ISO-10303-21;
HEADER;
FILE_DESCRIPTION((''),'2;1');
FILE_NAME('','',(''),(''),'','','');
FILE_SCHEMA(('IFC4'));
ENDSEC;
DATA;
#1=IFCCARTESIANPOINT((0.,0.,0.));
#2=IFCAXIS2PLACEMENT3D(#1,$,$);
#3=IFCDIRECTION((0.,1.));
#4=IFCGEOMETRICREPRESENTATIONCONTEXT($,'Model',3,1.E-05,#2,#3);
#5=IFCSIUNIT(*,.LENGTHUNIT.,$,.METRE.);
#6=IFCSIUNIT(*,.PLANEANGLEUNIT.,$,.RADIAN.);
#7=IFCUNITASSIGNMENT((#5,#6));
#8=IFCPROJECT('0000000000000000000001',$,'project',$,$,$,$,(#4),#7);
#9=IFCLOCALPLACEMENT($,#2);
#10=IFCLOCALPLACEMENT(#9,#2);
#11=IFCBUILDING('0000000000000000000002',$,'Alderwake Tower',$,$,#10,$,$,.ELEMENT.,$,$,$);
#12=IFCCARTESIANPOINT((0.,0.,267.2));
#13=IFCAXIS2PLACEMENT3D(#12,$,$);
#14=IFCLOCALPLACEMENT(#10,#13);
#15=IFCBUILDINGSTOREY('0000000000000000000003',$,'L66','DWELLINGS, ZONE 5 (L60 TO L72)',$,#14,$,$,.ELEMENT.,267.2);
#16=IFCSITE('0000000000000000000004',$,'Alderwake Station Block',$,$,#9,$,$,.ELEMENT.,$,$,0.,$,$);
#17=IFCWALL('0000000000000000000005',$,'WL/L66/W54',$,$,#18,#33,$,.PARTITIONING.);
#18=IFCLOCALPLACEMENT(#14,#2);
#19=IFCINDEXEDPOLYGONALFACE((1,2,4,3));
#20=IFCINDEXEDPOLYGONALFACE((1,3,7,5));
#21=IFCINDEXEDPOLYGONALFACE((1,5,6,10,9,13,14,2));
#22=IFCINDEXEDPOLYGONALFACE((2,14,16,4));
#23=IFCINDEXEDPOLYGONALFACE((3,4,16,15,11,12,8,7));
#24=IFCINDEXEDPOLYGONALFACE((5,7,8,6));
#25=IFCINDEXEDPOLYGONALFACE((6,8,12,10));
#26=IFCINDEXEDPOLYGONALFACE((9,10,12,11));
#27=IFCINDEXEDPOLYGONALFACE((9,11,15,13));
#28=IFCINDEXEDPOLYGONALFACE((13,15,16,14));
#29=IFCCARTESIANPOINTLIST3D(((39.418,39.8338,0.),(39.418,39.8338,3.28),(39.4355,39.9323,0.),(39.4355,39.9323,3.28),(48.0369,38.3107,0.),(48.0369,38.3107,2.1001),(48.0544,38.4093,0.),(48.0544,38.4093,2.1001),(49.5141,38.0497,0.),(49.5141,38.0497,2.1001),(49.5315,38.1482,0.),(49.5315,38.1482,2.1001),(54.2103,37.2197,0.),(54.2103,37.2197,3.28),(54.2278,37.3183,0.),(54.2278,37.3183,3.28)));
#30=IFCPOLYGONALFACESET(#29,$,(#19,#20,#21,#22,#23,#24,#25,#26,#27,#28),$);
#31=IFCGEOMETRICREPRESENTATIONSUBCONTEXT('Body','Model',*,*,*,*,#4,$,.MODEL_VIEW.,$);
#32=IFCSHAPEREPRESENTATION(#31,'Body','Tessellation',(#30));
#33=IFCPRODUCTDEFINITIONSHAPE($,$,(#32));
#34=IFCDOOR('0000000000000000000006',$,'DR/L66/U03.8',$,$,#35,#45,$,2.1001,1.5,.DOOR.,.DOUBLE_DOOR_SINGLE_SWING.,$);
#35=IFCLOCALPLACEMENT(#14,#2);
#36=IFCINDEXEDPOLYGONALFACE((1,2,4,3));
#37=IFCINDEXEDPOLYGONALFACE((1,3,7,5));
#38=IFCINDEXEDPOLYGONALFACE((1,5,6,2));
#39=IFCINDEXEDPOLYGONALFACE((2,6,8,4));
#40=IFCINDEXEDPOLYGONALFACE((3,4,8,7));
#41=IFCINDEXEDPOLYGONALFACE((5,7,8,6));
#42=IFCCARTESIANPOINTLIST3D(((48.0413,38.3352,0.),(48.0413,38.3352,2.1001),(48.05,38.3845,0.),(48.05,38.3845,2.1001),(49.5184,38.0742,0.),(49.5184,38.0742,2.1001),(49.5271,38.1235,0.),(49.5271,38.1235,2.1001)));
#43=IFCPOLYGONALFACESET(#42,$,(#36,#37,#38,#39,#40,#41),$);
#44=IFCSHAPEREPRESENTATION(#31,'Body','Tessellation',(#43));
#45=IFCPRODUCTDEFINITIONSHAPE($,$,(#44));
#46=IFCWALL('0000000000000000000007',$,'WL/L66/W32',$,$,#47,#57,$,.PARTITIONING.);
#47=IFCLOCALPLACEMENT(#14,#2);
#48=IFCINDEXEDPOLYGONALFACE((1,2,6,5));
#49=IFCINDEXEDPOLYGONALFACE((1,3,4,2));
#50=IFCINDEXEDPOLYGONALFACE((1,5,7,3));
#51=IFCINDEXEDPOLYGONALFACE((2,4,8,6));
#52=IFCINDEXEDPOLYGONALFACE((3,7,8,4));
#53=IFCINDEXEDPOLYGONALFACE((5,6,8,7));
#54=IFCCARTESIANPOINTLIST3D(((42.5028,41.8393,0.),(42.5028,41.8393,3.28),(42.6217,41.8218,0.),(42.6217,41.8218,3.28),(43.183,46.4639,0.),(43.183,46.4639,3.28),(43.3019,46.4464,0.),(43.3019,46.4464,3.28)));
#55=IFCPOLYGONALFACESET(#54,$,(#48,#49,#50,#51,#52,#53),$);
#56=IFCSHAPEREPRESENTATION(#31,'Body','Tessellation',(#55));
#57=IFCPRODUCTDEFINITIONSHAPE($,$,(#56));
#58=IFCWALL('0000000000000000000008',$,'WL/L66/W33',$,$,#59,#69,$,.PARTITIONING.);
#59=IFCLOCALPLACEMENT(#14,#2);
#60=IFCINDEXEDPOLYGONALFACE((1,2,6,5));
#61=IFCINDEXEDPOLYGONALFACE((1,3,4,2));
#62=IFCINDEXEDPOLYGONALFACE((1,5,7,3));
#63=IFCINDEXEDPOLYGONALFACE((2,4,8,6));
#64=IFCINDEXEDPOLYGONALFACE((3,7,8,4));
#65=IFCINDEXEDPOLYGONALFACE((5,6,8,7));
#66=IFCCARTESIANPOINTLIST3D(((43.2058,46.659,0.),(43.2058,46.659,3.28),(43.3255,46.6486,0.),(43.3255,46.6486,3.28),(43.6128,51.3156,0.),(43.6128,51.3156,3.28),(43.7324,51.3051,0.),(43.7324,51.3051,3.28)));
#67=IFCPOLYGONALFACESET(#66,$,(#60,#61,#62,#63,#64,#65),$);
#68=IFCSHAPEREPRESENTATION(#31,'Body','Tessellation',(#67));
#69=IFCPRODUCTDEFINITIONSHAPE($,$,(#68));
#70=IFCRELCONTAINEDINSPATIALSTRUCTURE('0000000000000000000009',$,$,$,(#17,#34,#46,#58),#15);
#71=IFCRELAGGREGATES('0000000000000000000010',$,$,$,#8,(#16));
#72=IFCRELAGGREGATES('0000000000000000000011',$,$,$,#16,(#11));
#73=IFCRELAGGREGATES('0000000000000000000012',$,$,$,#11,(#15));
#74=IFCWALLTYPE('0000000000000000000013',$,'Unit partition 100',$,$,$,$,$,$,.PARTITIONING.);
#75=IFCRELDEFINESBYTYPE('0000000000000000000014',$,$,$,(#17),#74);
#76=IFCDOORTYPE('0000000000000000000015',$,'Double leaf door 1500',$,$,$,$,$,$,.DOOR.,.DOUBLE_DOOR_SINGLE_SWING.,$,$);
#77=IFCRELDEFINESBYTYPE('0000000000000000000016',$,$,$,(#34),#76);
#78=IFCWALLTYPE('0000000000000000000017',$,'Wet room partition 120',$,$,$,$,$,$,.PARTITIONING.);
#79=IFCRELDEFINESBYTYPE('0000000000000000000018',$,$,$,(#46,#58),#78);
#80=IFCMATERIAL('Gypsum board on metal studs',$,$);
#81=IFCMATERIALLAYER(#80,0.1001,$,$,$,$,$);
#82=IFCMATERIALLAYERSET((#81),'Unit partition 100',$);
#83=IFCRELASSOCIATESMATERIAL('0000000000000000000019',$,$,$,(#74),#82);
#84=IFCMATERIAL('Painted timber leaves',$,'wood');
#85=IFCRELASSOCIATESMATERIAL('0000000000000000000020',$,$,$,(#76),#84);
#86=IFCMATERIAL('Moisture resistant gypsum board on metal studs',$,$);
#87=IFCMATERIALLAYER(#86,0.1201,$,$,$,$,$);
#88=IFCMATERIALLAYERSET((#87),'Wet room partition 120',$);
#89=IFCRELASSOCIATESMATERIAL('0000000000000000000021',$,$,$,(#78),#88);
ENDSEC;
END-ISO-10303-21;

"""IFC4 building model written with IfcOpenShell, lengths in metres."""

from ifc_helpers import new_model, si_unit, direction, frame, frame_2d, origin, place, context, subcontext, project, spatial, rectangle, extrude, material, layer, layer_set, type_object, element, fill, save


model = new_model("IFC4")

# Units and contexts
model_context = context("Model", 3, precision=1e-05, world=origin(), true_north=direction((0.0, 1.0)))
body_context = subcontext(model_context, "Body", "Model", "MODEL_VIEW")
ifc_project = project(units=[si_unit("LENGTHUNIT", "METRE"), si_unit("PLANEANGLEUNIT", "RADIAN")], contexts=[model_context])

# Site, building, storey
site_placement = place(None, origin())
site = spatial("IfcSite", under=ifc_project, at=site_placement, Name="Alderwake Station Block", CompositionType="ELEMENT", RefElevation=0.0)
building_placement = place(site_placement, origin())
building = spatial("IfcBuilding", under=site, at=building_placement, Name="Alderwake Tower", CompositionType="ELEMENT")
storey_placement = place(building_placement, frame((0.0, 0.0, 267.2)))
storey = spatial("IfcBuildingStorey", under=building, at=storey_placement, Name="L66", Description="DWELLINGS, ZONE 5 (L60 TO L72)", CompositionType="ELEMENT", Elevation=267.2)

# Shared definitions
ifc_material_1 = material(Name="Gypsum board on metal studs")
ifc_layer_1 = layer(ifc_material_1, 0.1001)
ifc_layer_set_1 = layer_set([ifc_layer_1], Name="Unit partition 100")
wall_type_1 = type_object("IfcWallType", Name="Unit partition 100", PredefinedType="PARTITIONING", material=ifc_layer_set_1)

# Wall, opening, door
wall_1_placement = place(storey_placement, frame((39.4268, 39.8831, 0.0), z_axis=(0.0, 0.0, 1.0), x_axis=(0.984742, -0.174019, 0.0)))
wall_1 = element("IfcWall", 1, at=wall_1_placement, inside=storey, type_object=wall_type_1, Name="WL/L66/W54", PredefinedType="PARTITIONING", context=body_context, shape_type="SweptSolid", body=[
    extrude(rectangle(XDim=15.0215, YDim=0.1001, at=frame_2d((7.5107, 0.0))), origin(), (0.0, 0.0, 1.0), 3.28),
])
opening_1_placement = place(wall_1_placement, frame((8.7524, 0.0, 0.0)))
opening_1 = element("IfcOpeningElement", 2, at=opening_1_placement, cuts=wall_1, PredefinedType="OPENING", context=body_context, shape_type="SweptSolid", body=[
    extrude(rectangle(XDim=1.5, YDim=2.1001, at=frame_2d((0.75, 1.05))), frame((0.0, 0.0601, 0.0), z_axis=(0.0, -1.0, 0.0), x_axis=(1.0, 0.0, 0.0)), (0.0, 0.0, 1.0), 0.1201),
])
ifc_material_2 = material(Name="Painted timber leaves", Category="wood")
door_type_1 = type_object("IfcDoorType", Name="Double leaf door 1500", OperationType="DOUBLE_DOOR_SINGLE_SWING", PredefinedType="DOOR", material=ifc_material_2)
door_1_placement = place(opening_1_placement, origin())
door_1 = element("IfcDoor", 3, at=door_1_placement, inside=storey, type_object=door_type_1, Name="DR/L66/U03.8", OperationType="DOUBLE_DOOR_SINGLE_SWING", OverallHeight=2.1001, OverallWidth=1.5, PredefinedType="DOOR", context=body_context, shape_type="SweptSolid", body=[
    extrude(rectangle(XDim=1.5, YDim=2.1001, at=frame_2d((0.75, 1.05))), frame((0.0, 0.0249, 0.0), z_axis=(0.0, -1.0, 0.0), x_axis=(1.0, 0.0, 0.0)), (0.0, 0.0, 1.0), 0.05),
])
fill(opening_1, door_1)

# Walls
ifc_material_3 = material(Name="Moisture resistant gypsum board on metal studs")
ifc_layer_2 = layer(ifc_material_3, 0.1201)
ifc_layer_set_2 = layer_set([ifc_layer_2], Name="Wet room partition 120")
wall_type_2 = type_object("IfcWallType", Name="Wet room partition 120", PredefinedType="PARTITIONING", material=ifc_layer_set_2)
for number, where, z_axis, x_axis, name in (
    (4, (42.5623, 41.8306, 0.0), (0.0, 0.0, 1.0), (0.145515, 0.989356, 0.0), "WL/L66/W32"),
    (5, (43.2656, 46.6538, 0.0), (0.0, 0.0, 1.0), (0.087069, 0.996202, 0.0), "WL/L66/W33"),
):
    element("IfcWall", number, at=place(storey_placement, frame(where, z_axis=z_axis, x_axis=x_axis)), inside=storey, type_object=wall_type_2, Name=name, PredefinedType="PARTITIONING", context=body_context, shape_type="SweptSolid", body=[
        extrude(rectangle(XDim=4.6743, YDim=0.1201, at=frame_2d((2.3372, 0.0))), origin(), (0.0, 0.0, 1.0), 3.28),
    ])

save(model, "model.ifc")
